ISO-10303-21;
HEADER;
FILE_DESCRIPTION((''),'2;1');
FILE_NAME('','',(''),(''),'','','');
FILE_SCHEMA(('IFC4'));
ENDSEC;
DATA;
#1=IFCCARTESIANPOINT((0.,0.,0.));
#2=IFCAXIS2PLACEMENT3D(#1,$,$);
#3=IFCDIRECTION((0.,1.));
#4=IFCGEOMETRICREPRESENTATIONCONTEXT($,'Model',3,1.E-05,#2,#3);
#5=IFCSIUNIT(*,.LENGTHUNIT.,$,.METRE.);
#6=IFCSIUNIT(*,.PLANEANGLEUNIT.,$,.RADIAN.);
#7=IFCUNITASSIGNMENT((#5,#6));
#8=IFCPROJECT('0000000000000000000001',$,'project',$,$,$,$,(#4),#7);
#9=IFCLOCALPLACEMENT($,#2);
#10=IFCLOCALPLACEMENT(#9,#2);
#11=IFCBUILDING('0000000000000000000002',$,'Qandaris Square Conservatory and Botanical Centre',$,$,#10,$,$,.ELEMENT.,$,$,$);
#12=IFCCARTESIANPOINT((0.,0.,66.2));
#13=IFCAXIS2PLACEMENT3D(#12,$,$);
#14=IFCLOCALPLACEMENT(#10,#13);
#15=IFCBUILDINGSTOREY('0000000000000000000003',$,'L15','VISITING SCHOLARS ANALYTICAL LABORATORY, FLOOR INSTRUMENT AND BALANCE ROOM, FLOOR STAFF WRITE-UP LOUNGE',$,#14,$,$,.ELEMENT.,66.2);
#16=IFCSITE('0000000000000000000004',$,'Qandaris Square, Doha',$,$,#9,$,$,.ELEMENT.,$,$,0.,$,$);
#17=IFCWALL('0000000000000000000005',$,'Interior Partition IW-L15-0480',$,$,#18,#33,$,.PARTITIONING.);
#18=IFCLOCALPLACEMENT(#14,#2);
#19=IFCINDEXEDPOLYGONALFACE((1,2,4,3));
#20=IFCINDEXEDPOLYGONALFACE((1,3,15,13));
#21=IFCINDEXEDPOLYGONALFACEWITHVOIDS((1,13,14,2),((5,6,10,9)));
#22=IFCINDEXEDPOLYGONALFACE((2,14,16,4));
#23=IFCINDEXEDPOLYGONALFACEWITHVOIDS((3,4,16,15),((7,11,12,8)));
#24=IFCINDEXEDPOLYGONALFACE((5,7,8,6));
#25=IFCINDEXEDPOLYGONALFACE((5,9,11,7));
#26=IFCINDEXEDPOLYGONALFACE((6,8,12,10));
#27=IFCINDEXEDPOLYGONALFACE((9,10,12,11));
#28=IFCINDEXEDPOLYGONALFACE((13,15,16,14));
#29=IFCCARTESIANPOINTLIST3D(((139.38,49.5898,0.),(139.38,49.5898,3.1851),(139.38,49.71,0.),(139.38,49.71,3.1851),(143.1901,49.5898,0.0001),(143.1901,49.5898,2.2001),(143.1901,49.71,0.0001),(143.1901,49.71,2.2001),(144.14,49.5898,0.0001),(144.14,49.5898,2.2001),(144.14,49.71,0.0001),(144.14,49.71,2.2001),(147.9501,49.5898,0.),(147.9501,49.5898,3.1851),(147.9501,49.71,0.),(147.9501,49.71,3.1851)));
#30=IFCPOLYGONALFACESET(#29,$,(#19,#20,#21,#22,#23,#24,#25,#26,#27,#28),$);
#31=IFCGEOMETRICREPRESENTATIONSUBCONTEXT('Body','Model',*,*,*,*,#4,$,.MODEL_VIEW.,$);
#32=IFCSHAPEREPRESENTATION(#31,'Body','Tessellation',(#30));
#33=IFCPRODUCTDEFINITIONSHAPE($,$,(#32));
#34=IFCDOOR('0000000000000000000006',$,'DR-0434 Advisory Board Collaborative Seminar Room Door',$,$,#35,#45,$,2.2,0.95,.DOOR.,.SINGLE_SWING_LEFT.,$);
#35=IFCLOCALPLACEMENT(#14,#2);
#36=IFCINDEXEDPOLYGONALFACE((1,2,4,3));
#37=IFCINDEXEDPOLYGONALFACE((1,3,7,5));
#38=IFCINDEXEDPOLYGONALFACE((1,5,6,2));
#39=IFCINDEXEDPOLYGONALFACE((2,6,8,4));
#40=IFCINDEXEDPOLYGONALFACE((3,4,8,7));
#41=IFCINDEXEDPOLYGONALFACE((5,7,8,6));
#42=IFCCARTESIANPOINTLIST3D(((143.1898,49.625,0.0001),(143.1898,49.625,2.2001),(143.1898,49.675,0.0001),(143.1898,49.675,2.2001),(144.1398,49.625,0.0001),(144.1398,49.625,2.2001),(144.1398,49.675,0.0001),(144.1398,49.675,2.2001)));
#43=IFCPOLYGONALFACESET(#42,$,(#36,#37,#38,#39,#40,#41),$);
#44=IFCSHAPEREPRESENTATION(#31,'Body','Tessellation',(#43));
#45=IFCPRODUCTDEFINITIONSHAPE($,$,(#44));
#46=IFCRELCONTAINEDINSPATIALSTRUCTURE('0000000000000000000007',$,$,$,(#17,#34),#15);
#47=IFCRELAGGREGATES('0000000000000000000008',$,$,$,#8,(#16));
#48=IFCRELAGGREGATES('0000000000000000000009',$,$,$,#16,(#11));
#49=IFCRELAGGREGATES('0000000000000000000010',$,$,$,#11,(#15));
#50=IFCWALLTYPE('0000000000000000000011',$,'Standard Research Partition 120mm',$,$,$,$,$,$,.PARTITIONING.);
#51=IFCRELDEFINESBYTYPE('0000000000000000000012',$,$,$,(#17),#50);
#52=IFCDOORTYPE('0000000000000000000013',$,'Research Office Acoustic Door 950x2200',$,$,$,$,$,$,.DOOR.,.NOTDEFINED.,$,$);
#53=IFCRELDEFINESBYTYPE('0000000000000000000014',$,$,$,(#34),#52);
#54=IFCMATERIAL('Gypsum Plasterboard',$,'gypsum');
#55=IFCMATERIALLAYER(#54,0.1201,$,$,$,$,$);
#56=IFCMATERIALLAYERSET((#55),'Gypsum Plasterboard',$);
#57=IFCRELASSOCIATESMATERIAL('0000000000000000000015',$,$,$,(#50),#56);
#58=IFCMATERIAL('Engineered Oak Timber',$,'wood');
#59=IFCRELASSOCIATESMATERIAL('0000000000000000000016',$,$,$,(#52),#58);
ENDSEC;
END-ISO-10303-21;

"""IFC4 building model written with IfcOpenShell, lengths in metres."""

from ifc_helpers import new_model, si_unit, direction, frame, frame_2d, origin, place, context, subcontext, project, spatial, rectangle, extrude, material, layer, layer_set, type_object, element, fill, save


model = new_model("IFC4")

# Units and contexts
model_context = context("Model", 3, precision=1e-05, world=origin(), true_north=direction((0.0, 1.0)))
body_context = subcontext(model_context, "Body", "Model", "MODEL_VIEW")
ifc_project = project(units=[si_unit("LENGTHUNIT", "METRE"), si_unit("PLANEANGLEUNIT", "RADIAN")], contexts=[model_context])

# Site, building, storey
site_placement = place(None, origin())
site = spatial("IfcSite", under=ifc_project, at=site_placement, Name="Qandaris Square, Doha", CompositionType="ELEMENT", RefElevation=0.0)
building_placement = place(site_placement, origin())
building = spatial("IfcBuilding", under=site, at=building_placement, Name="Qandaris Square Conservatory and Botanical Centre", CompositionType="ELEMENT")
storey_placement = place(building_placement, frame((0.0, 0.0, 66.2)))
storey = spatial("IfcBuildingStorey", under=building, at=storey_placement, Name="L15", Description="VISITING SCHOLARS ANALYTICAL LABORATORY, FLOOR INSTRUMENT AND BALANCE ROOM, FLOOR STAFF WRITE-UP LOUNGE", CompositionType="ELEMENT", Elevation=66.2)

# Wall, opening, door
ifc_material_1 = material(Name="Gypsum Plasterboard", Category="gypsum")
ifc_layer_1 = layer(ifc_material_1, 0.1201)
ifc_layer_set_1 = layer_set([ifc_layer_1], Name="Gypsum Plasterboard")
wall_type_1 = type_object("IfcWallType", Name="Standard Research Partition 120mm", PredefinedType="PARTITIONING", material=ifc_layer_set_1)
wall_1_placement = place(storey_placement, frame((139.3799, 49.6499, 0.0), z_axis=(0.0, 0.0, 1.0), x_axis=(1.0, 0.0, 0.0)))
wall_1 = element("IfcWall", 1, at=wall_1_placement, inside=storey, type_object=wall_type_1, Name="Interior Partition IW-L15-0480", PredefinedType="PARTITIONING", context=body_context, shape_type="SweptSolid", body=[
    extrude(rectangle(XDim=8.5701, YDim=0.1201, at=frame_2d((4.2852, 0.0))), origin(), (0.0, 0.0, 1.0), 3.1851),
])
opening_placement = place(wall_1_placement, frame((3.8101, 0.0, 0.0)))
opening = element("IfcOpeningElement", 2, at=opening_placement, cuts=wall_1, PredefinedType="OPENING", context=body_context, shape_type="SweptSolid", body=[
    extrude(rectangle(XDim=0.95, YDim=2.2, at=frame_2d((0.4751, 1.1001))), frame((0.0, 0.072, 0.0), z_axis=(0.0, -1.0, 0.0), x_axis=(1.0, 0.0, 0.0)), (0.0, 0.0, 1.0), 0.144),
])
ifc_material_2 = material(Name="Engineered Oak Timber", Category="wood")
door_type = type_object("IfcDoorType", Name="Research Office Acoustic Door 950x2200", OperationType="NOTDEFINED", PredefinedType="DOOR", material=ifc_material_2)
door_placement = place(opening_placement, frame((0.95, 0.0, 0.0), z_axis=(0.0, 0.0, 1.0), x_axis=(-1.0, 0.0, 0.0)))
door = element("IfcDoor", 3, at=door_placement, inside=storey, type_object=door_type, Name="DR-0434 Advisory Board Collaborative Seminar Room Door", OperationType="SINGLE_SWING_LEFT", OverallHeight=2.2, OverallWidth=0.95, PredefinedType="DOOR", context=body_context, shape_type="SweptSolid", body=[
    extrude(rectangle(XDim=0.95, YDim=2.2, at=frame_2d((0.4751, 1.1001))), frame((0.0, 0.0249, 0.0), z_axis=(0.0, -1.0, 0.0), x_axis=(1.0, 0.0, 0.0)), (0.0, 0.0, 1.0), 0.05),
])
fill(opening, door)

save(model, "model.ifc")
